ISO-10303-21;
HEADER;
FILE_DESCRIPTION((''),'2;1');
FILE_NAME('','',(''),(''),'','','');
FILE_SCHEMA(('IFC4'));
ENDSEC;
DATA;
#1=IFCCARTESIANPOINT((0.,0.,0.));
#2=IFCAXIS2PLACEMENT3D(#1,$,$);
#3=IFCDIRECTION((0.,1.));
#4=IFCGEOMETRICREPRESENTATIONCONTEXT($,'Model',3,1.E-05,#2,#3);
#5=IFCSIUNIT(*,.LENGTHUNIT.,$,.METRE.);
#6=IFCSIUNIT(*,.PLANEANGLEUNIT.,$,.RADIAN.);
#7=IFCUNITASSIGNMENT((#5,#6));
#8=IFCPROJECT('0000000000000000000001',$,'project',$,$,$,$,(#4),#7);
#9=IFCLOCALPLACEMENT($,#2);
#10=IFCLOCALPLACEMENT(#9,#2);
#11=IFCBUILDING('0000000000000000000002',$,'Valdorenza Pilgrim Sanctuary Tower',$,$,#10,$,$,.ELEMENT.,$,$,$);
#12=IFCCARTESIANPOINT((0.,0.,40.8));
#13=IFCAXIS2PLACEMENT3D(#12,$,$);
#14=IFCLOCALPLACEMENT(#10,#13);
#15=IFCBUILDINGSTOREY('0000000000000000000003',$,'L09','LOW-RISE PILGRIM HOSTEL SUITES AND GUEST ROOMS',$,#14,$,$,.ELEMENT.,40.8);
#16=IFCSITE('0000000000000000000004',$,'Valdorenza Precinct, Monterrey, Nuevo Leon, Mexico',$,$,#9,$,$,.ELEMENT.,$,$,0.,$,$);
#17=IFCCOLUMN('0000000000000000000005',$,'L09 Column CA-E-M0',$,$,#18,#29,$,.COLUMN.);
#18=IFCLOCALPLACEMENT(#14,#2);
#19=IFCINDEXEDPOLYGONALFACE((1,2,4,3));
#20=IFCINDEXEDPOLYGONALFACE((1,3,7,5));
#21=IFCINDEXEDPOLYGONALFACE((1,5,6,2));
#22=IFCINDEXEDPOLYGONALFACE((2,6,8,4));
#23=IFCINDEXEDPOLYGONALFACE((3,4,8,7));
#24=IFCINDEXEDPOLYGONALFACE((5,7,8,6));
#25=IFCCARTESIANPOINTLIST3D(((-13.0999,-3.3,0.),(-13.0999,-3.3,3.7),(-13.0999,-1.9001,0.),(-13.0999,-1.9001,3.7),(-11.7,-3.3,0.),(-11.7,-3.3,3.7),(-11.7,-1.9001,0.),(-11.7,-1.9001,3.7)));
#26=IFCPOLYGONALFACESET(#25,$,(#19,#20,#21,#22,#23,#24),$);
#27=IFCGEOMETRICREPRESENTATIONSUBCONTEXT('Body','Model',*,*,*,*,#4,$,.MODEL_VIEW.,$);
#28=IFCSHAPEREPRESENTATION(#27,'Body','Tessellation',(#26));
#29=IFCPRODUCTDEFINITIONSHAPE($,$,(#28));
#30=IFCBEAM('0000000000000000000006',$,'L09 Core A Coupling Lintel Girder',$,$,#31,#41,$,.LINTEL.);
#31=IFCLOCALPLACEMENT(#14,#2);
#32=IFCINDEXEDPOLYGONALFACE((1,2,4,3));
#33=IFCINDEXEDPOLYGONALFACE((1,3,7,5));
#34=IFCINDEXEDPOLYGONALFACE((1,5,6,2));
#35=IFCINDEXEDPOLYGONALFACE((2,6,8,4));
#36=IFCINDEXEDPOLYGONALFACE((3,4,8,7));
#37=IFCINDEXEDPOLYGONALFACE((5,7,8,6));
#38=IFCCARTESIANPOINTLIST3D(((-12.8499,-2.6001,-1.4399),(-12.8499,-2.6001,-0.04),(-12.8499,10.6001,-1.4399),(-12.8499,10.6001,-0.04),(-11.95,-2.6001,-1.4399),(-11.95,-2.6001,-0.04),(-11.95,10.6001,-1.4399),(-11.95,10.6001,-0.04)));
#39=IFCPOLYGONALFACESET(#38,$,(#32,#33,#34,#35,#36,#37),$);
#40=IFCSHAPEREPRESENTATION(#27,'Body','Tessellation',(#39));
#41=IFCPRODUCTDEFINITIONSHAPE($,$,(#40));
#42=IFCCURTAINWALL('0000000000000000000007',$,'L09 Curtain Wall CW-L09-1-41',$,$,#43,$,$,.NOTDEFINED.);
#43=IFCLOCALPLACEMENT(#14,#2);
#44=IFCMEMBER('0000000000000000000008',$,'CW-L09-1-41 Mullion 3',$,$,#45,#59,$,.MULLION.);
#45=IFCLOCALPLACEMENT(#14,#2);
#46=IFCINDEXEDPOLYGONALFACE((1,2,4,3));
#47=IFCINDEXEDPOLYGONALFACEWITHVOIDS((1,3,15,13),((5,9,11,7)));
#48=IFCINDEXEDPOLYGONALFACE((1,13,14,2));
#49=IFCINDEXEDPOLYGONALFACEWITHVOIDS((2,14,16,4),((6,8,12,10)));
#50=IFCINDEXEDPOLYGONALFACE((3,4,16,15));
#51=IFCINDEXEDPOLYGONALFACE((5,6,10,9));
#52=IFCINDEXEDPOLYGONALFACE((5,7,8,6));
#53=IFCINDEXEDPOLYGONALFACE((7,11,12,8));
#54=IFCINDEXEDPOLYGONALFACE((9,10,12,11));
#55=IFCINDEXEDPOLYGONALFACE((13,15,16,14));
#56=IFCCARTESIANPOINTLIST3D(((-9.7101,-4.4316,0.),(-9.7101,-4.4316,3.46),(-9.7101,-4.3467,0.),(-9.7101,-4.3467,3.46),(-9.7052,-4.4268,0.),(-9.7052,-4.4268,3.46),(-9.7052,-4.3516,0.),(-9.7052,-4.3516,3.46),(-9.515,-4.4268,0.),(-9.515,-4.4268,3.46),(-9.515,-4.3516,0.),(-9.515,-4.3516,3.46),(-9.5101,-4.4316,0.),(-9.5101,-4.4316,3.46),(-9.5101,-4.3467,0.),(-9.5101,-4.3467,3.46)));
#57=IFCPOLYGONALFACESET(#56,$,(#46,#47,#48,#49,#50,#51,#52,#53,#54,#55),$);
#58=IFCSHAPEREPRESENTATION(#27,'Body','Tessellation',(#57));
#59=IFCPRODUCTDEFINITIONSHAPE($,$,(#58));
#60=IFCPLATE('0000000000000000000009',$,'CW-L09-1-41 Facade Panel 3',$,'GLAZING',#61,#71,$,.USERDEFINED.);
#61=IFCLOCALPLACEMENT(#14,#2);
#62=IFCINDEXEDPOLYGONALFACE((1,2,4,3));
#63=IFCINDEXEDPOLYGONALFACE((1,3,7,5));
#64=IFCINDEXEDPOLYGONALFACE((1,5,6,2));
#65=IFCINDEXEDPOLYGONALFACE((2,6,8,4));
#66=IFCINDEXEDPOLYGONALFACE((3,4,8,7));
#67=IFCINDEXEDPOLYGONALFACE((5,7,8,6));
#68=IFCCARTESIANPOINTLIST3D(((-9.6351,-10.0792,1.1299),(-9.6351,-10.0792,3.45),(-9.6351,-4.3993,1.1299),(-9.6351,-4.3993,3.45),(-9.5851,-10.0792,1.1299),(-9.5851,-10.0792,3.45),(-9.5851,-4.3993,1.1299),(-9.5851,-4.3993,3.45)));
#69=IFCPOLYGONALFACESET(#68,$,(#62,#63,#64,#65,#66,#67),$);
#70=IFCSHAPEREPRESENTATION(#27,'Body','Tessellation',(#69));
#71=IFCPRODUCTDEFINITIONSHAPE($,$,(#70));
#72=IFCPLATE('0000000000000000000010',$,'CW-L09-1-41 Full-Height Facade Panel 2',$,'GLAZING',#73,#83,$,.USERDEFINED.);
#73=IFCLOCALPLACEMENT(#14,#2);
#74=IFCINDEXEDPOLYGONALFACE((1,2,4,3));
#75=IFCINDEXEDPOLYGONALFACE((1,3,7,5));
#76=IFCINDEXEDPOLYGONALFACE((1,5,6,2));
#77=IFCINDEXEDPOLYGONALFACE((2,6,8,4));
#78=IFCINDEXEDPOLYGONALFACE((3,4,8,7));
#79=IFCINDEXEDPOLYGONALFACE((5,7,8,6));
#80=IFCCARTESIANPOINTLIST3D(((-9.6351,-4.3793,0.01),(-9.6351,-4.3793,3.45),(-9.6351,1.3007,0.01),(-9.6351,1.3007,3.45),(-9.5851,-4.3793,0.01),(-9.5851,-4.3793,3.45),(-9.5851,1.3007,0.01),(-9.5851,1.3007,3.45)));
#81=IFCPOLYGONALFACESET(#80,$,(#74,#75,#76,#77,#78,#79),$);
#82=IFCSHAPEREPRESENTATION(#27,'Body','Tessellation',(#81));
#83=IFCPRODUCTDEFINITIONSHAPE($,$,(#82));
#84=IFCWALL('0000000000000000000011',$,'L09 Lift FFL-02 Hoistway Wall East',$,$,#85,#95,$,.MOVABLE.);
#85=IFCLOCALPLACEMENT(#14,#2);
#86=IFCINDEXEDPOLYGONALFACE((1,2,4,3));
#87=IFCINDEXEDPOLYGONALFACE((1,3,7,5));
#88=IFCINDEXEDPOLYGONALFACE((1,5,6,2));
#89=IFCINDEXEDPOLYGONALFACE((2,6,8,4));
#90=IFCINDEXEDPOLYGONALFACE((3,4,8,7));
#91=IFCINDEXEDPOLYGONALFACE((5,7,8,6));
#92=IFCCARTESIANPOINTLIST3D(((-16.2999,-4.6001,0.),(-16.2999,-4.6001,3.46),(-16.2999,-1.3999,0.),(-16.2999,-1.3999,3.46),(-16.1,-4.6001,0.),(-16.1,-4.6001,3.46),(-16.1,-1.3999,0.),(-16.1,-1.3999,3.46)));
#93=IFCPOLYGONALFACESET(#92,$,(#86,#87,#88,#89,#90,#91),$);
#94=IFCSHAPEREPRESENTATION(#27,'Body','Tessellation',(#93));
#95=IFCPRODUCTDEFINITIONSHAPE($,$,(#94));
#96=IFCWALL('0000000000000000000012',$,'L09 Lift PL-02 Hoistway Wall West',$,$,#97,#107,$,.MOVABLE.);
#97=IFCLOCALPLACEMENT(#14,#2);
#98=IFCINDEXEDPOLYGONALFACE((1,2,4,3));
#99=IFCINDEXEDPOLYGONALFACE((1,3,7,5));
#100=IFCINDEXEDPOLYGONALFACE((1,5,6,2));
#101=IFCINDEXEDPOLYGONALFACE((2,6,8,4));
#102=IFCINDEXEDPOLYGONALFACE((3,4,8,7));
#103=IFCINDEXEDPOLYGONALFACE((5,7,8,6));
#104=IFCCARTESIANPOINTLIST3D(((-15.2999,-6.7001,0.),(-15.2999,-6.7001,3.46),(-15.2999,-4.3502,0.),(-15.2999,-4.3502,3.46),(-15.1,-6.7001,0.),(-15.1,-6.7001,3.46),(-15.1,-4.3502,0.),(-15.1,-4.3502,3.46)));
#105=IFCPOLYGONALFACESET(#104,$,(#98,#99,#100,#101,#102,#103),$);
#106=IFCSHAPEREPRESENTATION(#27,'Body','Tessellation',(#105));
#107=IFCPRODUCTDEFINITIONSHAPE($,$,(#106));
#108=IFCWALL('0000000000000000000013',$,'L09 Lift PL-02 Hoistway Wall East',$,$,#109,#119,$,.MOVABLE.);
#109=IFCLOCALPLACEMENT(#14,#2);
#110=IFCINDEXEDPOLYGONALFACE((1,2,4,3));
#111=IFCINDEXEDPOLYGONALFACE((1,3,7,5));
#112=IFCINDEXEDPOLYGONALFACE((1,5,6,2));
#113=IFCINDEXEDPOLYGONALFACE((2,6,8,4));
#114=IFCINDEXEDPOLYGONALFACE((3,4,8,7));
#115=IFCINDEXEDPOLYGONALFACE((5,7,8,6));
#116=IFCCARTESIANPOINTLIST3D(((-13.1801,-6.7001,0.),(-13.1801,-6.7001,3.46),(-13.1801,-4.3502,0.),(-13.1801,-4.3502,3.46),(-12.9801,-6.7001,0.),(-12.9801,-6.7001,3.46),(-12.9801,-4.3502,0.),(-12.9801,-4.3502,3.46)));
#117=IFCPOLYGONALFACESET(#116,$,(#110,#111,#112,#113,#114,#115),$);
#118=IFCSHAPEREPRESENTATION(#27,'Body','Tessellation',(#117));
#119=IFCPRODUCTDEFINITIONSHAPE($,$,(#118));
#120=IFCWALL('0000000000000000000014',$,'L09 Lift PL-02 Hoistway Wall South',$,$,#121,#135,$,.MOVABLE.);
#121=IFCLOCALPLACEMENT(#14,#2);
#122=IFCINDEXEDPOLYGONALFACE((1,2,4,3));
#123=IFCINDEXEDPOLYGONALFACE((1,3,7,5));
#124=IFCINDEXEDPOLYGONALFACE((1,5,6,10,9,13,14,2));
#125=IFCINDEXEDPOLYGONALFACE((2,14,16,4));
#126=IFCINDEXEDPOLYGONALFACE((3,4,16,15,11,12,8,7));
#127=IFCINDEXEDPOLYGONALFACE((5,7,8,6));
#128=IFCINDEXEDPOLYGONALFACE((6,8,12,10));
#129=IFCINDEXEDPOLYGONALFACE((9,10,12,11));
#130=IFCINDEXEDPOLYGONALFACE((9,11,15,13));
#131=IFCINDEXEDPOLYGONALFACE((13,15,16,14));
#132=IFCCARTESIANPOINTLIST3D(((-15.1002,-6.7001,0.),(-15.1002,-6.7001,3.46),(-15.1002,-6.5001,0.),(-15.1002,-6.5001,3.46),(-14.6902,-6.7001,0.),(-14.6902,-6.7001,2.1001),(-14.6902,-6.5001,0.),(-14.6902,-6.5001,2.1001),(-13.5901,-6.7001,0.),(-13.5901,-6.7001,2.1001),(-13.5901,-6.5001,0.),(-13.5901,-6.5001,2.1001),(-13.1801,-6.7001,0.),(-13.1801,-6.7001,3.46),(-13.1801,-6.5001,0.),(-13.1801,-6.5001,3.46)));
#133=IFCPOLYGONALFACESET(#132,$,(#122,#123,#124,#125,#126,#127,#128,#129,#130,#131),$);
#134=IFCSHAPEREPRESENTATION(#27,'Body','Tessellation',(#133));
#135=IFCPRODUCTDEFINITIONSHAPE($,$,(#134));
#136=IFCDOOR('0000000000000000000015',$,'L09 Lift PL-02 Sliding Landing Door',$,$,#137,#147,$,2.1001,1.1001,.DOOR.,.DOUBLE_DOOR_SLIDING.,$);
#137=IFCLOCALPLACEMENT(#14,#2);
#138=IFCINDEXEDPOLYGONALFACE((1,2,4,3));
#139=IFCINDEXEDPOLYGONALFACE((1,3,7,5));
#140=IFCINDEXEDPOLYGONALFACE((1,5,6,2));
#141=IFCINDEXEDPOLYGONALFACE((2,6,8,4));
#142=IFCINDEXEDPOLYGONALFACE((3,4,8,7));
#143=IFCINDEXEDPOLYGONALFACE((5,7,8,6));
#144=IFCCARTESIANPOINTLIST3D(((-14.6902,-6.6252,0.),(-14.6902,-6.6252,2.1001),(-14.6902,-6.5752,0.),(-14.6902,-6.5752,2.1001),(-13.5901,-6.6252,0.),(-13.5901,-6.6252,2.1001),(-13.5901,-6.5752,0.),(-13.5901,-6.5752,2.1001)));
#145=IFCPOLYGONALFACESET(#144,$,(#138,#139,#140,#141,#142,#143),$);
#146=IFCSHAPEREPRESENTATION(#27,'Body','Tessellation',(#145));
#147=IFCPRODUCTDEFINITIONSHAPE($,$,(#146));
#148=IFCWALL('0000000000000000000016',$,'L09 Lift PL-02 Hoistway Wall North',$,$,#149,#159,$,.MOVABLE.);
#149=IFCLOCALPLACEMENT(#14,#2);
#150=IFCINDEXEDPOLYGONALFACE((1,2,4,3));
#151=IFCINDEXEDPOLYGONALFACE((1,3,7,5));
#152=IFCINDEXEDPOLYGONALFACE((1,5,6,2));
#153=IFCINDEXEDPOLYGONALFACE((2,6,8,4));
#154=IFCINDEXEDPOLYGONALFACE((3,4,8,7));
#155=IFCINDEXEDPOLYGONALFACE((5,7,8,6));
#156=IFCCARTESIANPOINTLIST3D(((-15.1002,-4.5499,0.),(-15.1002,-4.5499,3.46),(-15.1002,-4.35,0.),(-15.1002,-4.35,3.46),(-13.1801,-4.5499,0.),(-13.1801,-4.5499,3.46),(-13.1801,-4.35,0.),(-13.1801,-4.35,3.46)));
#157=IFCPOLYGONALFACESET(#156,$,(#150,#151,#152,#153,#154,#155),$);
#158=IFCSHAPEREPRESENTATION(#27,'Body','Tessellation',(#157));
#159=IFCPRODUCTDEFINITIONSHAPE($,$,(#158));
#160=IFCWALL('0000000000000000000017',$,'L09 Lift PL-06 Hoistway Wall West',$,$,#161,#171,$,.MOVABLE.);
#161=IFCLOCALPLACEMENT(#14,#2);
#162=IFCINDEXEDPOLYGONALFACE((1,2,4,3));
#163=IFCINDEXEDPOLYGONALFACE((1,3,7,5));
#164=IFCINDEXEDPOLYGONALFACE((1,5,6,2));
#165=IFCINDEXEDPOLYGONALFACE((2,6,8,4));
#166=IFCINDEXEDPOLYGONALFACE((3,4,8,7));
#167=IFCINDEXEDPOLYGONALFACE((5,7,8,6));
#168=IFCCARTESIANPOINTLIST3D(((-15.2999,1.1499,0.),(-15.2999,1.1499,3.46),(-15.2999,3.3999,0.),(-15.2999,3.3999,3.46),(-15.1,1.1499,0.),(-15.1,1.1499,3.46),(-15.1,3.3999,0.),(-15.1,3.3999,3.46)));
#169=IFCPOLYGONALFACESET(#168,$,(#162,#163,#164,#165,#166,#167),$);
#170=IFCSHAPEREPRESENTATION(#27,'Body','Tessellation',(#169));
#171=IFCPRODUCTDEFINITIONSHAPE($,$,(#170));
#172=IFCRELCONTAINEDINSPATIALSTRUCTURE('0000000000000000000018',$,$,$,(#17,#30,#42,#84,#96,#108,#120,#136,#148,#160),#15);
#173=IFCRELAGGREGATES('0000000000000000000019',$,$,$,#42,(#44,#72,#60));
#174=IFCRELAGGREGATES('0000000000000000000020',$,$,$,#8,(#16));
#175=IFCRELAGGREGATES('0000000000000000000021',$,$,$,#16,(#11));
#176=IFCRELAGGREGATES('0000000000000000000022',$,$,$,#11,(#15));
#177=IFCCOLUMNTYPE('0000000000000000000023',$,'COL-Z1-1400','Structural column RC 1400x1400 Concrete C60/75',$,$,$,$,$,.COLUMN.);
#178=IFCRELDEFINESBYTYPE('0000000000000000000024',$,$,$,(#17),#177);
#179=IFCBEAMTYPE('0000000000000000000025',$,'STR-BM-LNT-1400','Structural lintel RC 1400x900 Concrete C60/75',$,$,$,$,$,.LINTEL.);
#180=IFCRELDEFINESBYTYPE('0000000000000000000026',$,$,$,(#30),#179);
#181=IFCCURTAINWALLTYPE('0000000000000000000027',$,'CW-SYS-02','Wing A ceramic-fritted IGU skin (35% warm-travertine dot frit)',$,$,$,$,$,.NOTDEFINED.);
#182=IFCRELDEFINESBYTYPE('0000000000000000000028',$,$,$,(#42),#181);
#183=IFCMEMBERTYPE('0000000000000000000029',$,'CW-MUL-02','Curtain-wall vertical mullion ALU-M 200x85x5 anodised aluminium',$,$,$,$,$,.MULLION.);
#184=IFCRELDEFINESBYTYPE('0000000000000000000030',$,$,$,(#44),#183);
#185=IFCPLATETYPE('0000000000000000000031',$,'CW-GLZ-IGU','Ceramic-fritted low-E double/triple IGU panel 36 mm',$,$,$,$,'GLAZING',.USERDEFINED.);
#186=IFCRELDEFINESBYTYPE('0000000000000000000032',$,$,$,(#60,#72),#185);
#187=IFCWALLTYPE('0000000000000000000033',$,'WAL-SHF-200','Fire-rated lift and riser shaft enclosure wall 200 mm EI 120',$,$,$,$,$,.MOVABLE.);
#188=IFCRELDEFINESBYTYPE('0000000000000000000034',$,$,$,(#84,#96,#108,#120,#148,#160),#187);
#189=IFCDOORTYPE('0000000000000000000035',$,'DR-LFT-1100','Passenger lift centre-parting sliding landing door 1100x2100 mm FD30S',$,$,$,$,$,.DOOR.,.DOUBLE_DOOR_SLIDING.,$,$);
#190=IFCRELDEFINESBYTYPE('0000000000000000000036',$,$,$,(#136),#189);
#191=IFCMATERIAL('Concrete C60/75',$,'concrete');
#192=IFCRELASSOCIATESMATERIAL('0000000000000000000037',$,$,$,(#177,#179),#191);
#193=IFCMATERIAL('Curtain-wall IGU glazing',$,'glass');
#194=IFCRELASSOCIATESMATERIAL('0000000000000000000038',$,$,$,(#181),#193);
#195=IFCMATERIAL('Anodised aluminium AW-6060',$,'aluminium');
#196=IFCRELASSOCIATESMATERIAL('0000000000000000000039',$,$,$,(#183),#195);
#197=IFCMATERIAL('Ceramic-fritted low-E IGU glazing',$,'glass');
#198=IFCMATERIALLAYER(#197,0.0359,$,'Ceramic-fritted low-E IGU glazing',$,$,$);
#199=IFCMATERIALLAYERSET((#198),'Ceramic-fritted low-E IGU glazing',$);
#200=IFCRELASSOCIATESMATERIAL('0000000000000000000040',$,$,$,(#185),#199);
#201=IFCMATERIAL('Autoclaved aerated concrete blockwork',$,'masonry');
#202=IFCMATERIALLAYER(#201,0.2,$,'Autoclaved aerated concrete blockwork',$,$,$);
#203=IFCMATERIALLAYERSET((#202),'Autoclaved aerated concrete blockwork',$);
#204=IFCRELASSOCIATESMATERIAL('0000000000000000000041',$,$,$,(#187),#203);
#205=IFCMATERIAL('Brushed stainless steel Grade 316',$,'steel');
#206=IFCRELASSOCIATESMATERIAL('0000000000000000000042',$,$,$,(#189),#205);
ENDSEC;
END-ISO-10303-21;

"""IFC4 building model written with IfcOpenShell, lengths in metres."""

from ifc_helpers import new_model, si_unit, direction, frame, frame_2d, origin, origin_2d, place, context, subcontext, project, spatial, rectangle, hollow_rectangle, extrude, source, transform, mapped, material, layer, layer_set, material_profile, profile_set, type_object, element, fill, aggregate, save


model = new_model("IFC4")

# Units and contexts
model_context = context("Model", 3, precision=1e-05, world=origin(), true_north=direction((0.0, 1.0)))
body_context = subcontext(model_context, "Body", "Model", "MODEL_VIEW")
ifc_project = project(units=[si_unit("LENGTHUNIT", "METRE"), si_unit("PLANEANGLEUNIT", "RADIAN")], contexts=[model_context])

# Site, building, storey
site_placement = place(None, origin())
site = spatial("IfcSite", under=ifc_project, at=site_placement, Name="Valdorenza Precinct, Monterrey, Nuevo Leon, Mexico", CompositionType="ELEMENT", RefElevation=0.0)
building_placement = place(site_placement, origin())
building = spatial("IfcBuilding", under=site, at=building_placement, Name="Valdorenza Pilgrim Sanctuary Tower", CompositionType="ELEMENT")
storey_placement = place(building_placement, frame((0.0, 0.0, 40.8)))
storey = spatial("IfcBuildingStorey", under=building, at=storey_placement, Name="L09", Description="LOW-RISE PILGRIM HOSTEL SUITES AND GUEST ROOMS", CompositionType="ELEMENT", Elevation=40.8)

# Column
ifc_material_1 = material(Name="Concrete C60/75", Category="concrete")
ifc_material_profile_1 = material_profile(ifc_material_1, rectangle(XDim=1.3999, YDim=1.3999, at=origin_2d()), Name="RC 1400x1400")
ifc_profile_set_1 = profile_set([ifc_material_profile_1], Name="Concrete C60/75")
column_type = type_object("IfcColumnType", Name="COL-Z1-1400", Description="Structural column RC 1400x1400 Concrete C60/75", PredefinedType="COLUMN", material=ifc_profile_set_1)
shared_shape_1 = source(origin(), body_context, "Body", "SweptSolid", [
    extrude(rectangle(XDim=1.3999, YDim=1.3999, at=origin_2d()), origin(), (0.0, 0.0, 1.0), 3.7),
])
column_placement = place(storey_placement, frame((-12.3999, -2.6001, 0.0), z_axis=(0.0, 0.0, 1.0), x_axis=(1.0, 0.0, 0.0)))
element("IfcColumn", 1, at=column_placement, inside=storey, type_object=column_type, Name="L09 Column CA-E-M0", PredefinedType="COLUMN", context=body_context, shape_type="MappedRepresentation", body=[
    mapped(shared_shape_1, transform((0.0, 0.0, 0.0), x_axis=(1.0, 0.0, 0.0), y_axis=(0.0, 1.0, 0.0), z_axis=(0.0, 0.0, 1.0), scale=1.0)),
])

# Beam
ifc_material_profile_2 = material_profile(ifc_material_1, rectangle(XDim=0.8999, YDim=1.3999, at=origin_2d()), Name="RC 1400x900")
ifc_profile_set_2 = profile_set([ifc_material_profile_2], Name="Concrete C60/75")
beam_type = type_object("IfcBeamType", Name="STR-BM-LNT-1400", Description="Structural lintel RC 1400x900 Concrete C60/75", PredefinedType="LINTEL", material=ifc_profile_set_2)
shared_shape_2 = source(origin(), body_context, "Body", "SweptSolid", [
    extrude(rectangle(XDim=0.8999, YDim=1.3999, at=origin_2d()), origin(), (0.0, 0.0, 1.0), 13.2002),
])
beam_placement = place(storey_placement, frame((-12.3999, -2.6001, -0.74), z_axis=(0.0, 1.0, 0.0), x_axis=(-1.0, 0.0, 0.0)))
element("IfcBeam", 2, at=beam_placement, inside=storey, type_object=beam_type, Name="L09 Core A Coupling Lintel Girder", PredefinedType="LINTEL", context=body_context, shape_type="MappedRepresentation", body=[
    mapped(shared_shape_2, transform((0.0, 0.0, 0.0), x_axis=(1.0, 0.0, 0.0), y_axis=(0.0, 1.0, 0.0), z_axis=(0.0, 0.0, 1.0), scale=1.0)),
])

# Curtain wall, member, plates
ifc_material_2 = material(Name="Curtain-wall IGU glazing", Category="glass")
curtain_wall_type = type_object("IfcCurtainWallType", Name="CW-SYS-02", Description="Wing A ceramic-fritted IGU skin (35% warm-travertine dot frit)", PredefinedType="NOTDEFINED", material=ifc_material_2)
curtain_wall_placement = place(storey_placement, origin())
curtain_wall = element("IfcCurtainWall", 3, at=curtain_wall_placement, inside=storey, type_object=curtain_wall_type, Name="L09 Curtain Wall CW-L09-1-41", PredefinedType="NOTDEFINED")
ifc_material_3 = material(Name="Anodised aluminium AW-6060", Category="aluminium")
ifc_material_profile_3 = material_profile(ifc_material_3, hollow_rectangle(XDim=0.085, YDim=0.2, WallThickness=0.0049, at=origin_2d()), Name="ALU-M 200x85x5")
ifc_profile_set_3 = profile_set([ifc_material_profile_3], Name="Anodised aluminium AW-6060")
member_type = type_object("IfcMemberType", Name="CW-MUL-02", Description="Curtain-wall vertical mullion ALU-M 200x85x5 anodised aluminium", PredefinedType="MULLION", material=ifc_profile_set_3)
shared_shape_3 = source(origin(), body_context, "Body", "SweptSolid", [
    extrude(hollow_rectangle(XDim=0.085, YDim=0.2, WallThickness=0.0049, at=origin_2d()), origin(), (0.0, 0.0, 1.0), 3.46),
])
member_placement = place(storey_placement, frame((-9.6101, -4.3892, 0.0), z_axis=(0.0, 0.0, 1.0), x_axis=(0.0, -1.0, 0.0)))
member = element("IfcMember", 4, at=member_placement, type_object=member_type, Name="CW-L09-1-41 Mullion 3", PredefinedType="MULLION", context=body_context, shape_type="MappedRepresentation", body=[
    mapped(shared_shape_3, transform((0.0, 0.0, 0.0), x_axis=(1.0, 0.0, 0.0), y_axis=(0.0, 1.0, 0.0), z_axis=(0.0, 0.0, 1.0), scale=1.0)),
])
ifc_material_4 = material(Name="Ceramic-fritted low-E IGU glazing", Category="glass")
ifc_layer_1 = layer(ifc_material_4, 0.0359, Name="Ceramic-fritted low-E IGU glazing")
ifc_layer_set_1 = layer_set([ifc_layer_1], Name="Ceramic-fritted low-E IGU glazing")
plate_type = type_object("IfcPlateType", Name="CW-GLZ-IGU", Description="Ceramic-fritted low-E double/triple IGU panel 36 mm", ElementType="GLAZING", PredefinedType="USERDEFINED", material=ifc_layer_set_1)
shared_shape_4 = source(origin(), body_context, "Body", "SweptSolid", [
    extrude(rectangle(XDim=5.6799, YDim=0.05, at=origin_2d()), origin(), (0.0, 0.0, 1.0), 2.3201),
])
plate_1_placement = place(storey_placement, frame((-9.6101, -7.2393, 1.1299), z_axis=(0.0, 0.0, 1.0), x_axis=(0.0, -1.0, 0.0)))
plate_1 = element("IfcPlate", 5, at=plate_1_placement, type_object=plate_type, Name="CW-L09-1-41 Facade Panel 3", ObjectType="GLAZING", PredefinedType="USERDEFINED", context=body_context, shape_type="MappedRepresentation", body=[
    mapped(shared_shape_4, transform((0.0, 0.0, 0.0), x_axis=(1.0, 0.0, 0.0), y_axis=(0.0, 1.0, 0.0), z_axis=(0.0, 0.0, 1.0), scale=1.0)),
])
shared_shape_5 = source(origin(), body_context, "Body", "SweptSolid", [
    extrude(rectangle(XDim=5.6799, YDim=0.05, at=origin_2d()), origin(), (0.0, 0.0, 1.0), 3.4399),
])
plate_2_placement = place(storey_placement, frame((-9.6101, -1.5393, 0.01), z_axis=(0.0, 0.0, 1.0), x_axis=(0.0, -1.0, 0.0)))
plate_2 = element("IfcPlate", 6, at=plate_2_placement, type_object=plate_type, Name="CW-L09-1-41 Full-Height Facade Panel 2", ObjectType="GLAZING", PredefinedType="USERDEFINED", context=body_context, shape_type="MappedRepresentation", body=[
    mapped(shared_shape_5, transform((0.0, 0.0, 0.0), x_axis=(1.0, 0.0, 0.0), y_axis=(0.0, 1.0, 0.0), z_axis=(0.0, 0.0, 1.0), scale=1.0)),
])
aggregate(curtain_wall, [member, plate_2, plate_1])

# Walls
ifc_material_5 = material(Name="Autoclaved aerated concrete blockwork", Category="masonry")
ifc_layer_2 = layer(ifc_material_5, 0.2, Name="Autoclaved aerated concrete blockwork")
ifc_layer_set_2 = layer_set([ifc_layer_2], Name="Autoclaved aerated concrete blockwork")
wall_type_1 = type_object("IfcWallType", Name="WAL-SHF-200", Description="Fire-rated lift and riser shaft enclosure wall 200 mm EI 120", PredefinedType="MOVABLE", material=ifc_layer_set_2)
wall_1_placement = place(storey_placement, frame((-16.2, -4.6001, 0.0), z_axis=(0.0, 0.0, 1.0), x_axis=(0.0, 1.0, 0.0)))
element("IfcWall", 7, at=wall_1_placement, inside=storey, type_object=wall_type_1, Name="L09 Lift FFL-02 Hoistway Wall East", PredefinedType="MOVABLE", context=body_context, shape_type="SweptSolid", body=[
    extrude(rectangle(XDim=3.2002, YDim=0.2, at=frame_2d((1.6001, 0.0))), origin(), (0.0, 0.0, 1.0), 3.46),
])
for number, where, z_axis, x_axis, name in (
    (8, (-15.2, -6.7, 0.0), (0.0, 0.0, 1.0), (0.0, 1.0, 0.0), "L09 Lift PL-02 Hoistway Wall West"),
    (9, (-13.0801, -6.7, 0.0), (0.0, 0.0, 1.0), (0.0, 1.0, 0.0), "L09 Lift PL-02 Hoistway Wall East"),
):
    element("IfcWall", number, at=place(storey_placement, frame(where, z_axis=z_axis, x_axis=x_axis)), inside=storey, type_object=wall_type_1, Name=name, PredefinedType="MOVABLE", context=body_context, shape_type="SweptSolid", body=[
        extrude(rectangle(XDim=2.3499, YDim=0.2, at=frame_2d((1.1748, 0.0))), origin(), (0.0, 0.0, 1.0), 3.46),
    ])

# Wall, opening, door
wall_2_placement = place(storey_placement, frame((-15.1001, -6.6001, 0.0), z_axis=(0.0, 0.0, 1.0), x_axis=(1.0, 0.0, 0.0)))
wall_2 = element("IfcWall", 10, at=wall_2_placement, inside=storey, type_object=wall_type_1, Name="L09 Lift PL-02 Hoistway Wall South", PredefinedType="MOVABLE", context=body_context, shape_type="SweptSolid", body=[
    extrude(rectangle(XDim=1.9202, YDim=0.2, at=frame_2d((0.96, 0.0))), origin(), (0.0, 0.0, 1.0), 3.46),
])
opening_1_placement = place(wall_2_placement, frame((0.4099, 0.0, 0.0)))
opening_1 = element("IfcOpeningElement", 11, at=opening_1_placement, cuts=wall_2, PredefinedType="OPENING", context=body_context, shape_type="SweptSolid", body=[
    extrude(rectangle(XDim=1.1001, YDim=2.1001, at=frame_2d((0.55, 1.05))), frame((0.0, 0.1147, 0.0), z_axis=(0.0, -1.0, 0.0), x_axis=(1.0, 0.0, 0.0)), (0.0, 0.0, 1.0), 0.2297),
])
ifc_material_6 = material(Name="Brushed stainless steel Grade 316", Category="steel")
door_type_1 = type_object("IfcDoorType", Name="DR-LFT-1100", Description="Passenger lift centre-parting sliding landing door 1100x2100 mm FD30S", OperationType="DOUBLE_DOOR_SLIDING", PredefinedType="DOOR", material=ifc_material_6)
door_1_placement = place(opening_1_placement, origin())
door_1 = element("IfcDoor", 12, at=door_1_placement, inside=storey, type_object=door_type_1, Name="L09 Lift PL-02 Sliding Landing Door", OperationType="DOUBLE_DOOR_SLIDING", OverallHeight=2.1001, OverallWidth=1.1001, PredefinedType="DOOR", context=body_context, shape_type="SweptSolid", body=[
    extrude(rectangle(XDim=1.1001, YDim=2.1001, at=frame_2d((0.55, 1.05))), frame((0.0, 0.0249, 0.0), z_axis=(0.0, -1.0, 0.0), x_axis=(1.0, 0.0, 0.0)), (0.0, 0.0, 1.0), 0.05),
])
fill(opening_1, door_1)

# Walls
wall_3_placement = place(storey_placement, frame((-15.1001, -4.45, 0.0), z_axis=(0.0, 0.0, 1.0), x_axis=(1.0, 0.0, 0.0)))
element("IfcWall", 13, at=wall_3_placement, inside=storey, type_object=wall_type_1, Name="L09 Lift PL-02 Hoistway Wall North", PredefinedType="MOVABLE", context=body_context, shape_type="SweptSolid", body=[
    extrude(rectangle(XDim=1.9202, YDim=0.2, at=frame_2d((0.96, 0.0))), origin(), (0.0, 0.0, 1.0), 3.46),
])
for number, where, z_axis, x_axis, name in (
    (14, (-15.2, 1.1499, 0.0), (0.0, 0.0, 1.0), (0.0, 1.0, 0.0), "L09 Lift PL-06 Hoistway Wall West"),
):
    element("IfcWall", number, at=place(storey_placement, frame(where, z_axis=z_axis, x_axis=x_axis)), inside=storey, type_object=wall_type_1, Name=name, PredefinedType="MOVABLE", context=body_context, shape_type="SweptSolid", body=[
        extrude(rectangle(XDim=2.25, YDim=0.2, at=frame_2d((1.125, 0.0))), origin(), (0.0, 0.0, 1.0), 3.46),
    ])

save(model, "model.ifc")
